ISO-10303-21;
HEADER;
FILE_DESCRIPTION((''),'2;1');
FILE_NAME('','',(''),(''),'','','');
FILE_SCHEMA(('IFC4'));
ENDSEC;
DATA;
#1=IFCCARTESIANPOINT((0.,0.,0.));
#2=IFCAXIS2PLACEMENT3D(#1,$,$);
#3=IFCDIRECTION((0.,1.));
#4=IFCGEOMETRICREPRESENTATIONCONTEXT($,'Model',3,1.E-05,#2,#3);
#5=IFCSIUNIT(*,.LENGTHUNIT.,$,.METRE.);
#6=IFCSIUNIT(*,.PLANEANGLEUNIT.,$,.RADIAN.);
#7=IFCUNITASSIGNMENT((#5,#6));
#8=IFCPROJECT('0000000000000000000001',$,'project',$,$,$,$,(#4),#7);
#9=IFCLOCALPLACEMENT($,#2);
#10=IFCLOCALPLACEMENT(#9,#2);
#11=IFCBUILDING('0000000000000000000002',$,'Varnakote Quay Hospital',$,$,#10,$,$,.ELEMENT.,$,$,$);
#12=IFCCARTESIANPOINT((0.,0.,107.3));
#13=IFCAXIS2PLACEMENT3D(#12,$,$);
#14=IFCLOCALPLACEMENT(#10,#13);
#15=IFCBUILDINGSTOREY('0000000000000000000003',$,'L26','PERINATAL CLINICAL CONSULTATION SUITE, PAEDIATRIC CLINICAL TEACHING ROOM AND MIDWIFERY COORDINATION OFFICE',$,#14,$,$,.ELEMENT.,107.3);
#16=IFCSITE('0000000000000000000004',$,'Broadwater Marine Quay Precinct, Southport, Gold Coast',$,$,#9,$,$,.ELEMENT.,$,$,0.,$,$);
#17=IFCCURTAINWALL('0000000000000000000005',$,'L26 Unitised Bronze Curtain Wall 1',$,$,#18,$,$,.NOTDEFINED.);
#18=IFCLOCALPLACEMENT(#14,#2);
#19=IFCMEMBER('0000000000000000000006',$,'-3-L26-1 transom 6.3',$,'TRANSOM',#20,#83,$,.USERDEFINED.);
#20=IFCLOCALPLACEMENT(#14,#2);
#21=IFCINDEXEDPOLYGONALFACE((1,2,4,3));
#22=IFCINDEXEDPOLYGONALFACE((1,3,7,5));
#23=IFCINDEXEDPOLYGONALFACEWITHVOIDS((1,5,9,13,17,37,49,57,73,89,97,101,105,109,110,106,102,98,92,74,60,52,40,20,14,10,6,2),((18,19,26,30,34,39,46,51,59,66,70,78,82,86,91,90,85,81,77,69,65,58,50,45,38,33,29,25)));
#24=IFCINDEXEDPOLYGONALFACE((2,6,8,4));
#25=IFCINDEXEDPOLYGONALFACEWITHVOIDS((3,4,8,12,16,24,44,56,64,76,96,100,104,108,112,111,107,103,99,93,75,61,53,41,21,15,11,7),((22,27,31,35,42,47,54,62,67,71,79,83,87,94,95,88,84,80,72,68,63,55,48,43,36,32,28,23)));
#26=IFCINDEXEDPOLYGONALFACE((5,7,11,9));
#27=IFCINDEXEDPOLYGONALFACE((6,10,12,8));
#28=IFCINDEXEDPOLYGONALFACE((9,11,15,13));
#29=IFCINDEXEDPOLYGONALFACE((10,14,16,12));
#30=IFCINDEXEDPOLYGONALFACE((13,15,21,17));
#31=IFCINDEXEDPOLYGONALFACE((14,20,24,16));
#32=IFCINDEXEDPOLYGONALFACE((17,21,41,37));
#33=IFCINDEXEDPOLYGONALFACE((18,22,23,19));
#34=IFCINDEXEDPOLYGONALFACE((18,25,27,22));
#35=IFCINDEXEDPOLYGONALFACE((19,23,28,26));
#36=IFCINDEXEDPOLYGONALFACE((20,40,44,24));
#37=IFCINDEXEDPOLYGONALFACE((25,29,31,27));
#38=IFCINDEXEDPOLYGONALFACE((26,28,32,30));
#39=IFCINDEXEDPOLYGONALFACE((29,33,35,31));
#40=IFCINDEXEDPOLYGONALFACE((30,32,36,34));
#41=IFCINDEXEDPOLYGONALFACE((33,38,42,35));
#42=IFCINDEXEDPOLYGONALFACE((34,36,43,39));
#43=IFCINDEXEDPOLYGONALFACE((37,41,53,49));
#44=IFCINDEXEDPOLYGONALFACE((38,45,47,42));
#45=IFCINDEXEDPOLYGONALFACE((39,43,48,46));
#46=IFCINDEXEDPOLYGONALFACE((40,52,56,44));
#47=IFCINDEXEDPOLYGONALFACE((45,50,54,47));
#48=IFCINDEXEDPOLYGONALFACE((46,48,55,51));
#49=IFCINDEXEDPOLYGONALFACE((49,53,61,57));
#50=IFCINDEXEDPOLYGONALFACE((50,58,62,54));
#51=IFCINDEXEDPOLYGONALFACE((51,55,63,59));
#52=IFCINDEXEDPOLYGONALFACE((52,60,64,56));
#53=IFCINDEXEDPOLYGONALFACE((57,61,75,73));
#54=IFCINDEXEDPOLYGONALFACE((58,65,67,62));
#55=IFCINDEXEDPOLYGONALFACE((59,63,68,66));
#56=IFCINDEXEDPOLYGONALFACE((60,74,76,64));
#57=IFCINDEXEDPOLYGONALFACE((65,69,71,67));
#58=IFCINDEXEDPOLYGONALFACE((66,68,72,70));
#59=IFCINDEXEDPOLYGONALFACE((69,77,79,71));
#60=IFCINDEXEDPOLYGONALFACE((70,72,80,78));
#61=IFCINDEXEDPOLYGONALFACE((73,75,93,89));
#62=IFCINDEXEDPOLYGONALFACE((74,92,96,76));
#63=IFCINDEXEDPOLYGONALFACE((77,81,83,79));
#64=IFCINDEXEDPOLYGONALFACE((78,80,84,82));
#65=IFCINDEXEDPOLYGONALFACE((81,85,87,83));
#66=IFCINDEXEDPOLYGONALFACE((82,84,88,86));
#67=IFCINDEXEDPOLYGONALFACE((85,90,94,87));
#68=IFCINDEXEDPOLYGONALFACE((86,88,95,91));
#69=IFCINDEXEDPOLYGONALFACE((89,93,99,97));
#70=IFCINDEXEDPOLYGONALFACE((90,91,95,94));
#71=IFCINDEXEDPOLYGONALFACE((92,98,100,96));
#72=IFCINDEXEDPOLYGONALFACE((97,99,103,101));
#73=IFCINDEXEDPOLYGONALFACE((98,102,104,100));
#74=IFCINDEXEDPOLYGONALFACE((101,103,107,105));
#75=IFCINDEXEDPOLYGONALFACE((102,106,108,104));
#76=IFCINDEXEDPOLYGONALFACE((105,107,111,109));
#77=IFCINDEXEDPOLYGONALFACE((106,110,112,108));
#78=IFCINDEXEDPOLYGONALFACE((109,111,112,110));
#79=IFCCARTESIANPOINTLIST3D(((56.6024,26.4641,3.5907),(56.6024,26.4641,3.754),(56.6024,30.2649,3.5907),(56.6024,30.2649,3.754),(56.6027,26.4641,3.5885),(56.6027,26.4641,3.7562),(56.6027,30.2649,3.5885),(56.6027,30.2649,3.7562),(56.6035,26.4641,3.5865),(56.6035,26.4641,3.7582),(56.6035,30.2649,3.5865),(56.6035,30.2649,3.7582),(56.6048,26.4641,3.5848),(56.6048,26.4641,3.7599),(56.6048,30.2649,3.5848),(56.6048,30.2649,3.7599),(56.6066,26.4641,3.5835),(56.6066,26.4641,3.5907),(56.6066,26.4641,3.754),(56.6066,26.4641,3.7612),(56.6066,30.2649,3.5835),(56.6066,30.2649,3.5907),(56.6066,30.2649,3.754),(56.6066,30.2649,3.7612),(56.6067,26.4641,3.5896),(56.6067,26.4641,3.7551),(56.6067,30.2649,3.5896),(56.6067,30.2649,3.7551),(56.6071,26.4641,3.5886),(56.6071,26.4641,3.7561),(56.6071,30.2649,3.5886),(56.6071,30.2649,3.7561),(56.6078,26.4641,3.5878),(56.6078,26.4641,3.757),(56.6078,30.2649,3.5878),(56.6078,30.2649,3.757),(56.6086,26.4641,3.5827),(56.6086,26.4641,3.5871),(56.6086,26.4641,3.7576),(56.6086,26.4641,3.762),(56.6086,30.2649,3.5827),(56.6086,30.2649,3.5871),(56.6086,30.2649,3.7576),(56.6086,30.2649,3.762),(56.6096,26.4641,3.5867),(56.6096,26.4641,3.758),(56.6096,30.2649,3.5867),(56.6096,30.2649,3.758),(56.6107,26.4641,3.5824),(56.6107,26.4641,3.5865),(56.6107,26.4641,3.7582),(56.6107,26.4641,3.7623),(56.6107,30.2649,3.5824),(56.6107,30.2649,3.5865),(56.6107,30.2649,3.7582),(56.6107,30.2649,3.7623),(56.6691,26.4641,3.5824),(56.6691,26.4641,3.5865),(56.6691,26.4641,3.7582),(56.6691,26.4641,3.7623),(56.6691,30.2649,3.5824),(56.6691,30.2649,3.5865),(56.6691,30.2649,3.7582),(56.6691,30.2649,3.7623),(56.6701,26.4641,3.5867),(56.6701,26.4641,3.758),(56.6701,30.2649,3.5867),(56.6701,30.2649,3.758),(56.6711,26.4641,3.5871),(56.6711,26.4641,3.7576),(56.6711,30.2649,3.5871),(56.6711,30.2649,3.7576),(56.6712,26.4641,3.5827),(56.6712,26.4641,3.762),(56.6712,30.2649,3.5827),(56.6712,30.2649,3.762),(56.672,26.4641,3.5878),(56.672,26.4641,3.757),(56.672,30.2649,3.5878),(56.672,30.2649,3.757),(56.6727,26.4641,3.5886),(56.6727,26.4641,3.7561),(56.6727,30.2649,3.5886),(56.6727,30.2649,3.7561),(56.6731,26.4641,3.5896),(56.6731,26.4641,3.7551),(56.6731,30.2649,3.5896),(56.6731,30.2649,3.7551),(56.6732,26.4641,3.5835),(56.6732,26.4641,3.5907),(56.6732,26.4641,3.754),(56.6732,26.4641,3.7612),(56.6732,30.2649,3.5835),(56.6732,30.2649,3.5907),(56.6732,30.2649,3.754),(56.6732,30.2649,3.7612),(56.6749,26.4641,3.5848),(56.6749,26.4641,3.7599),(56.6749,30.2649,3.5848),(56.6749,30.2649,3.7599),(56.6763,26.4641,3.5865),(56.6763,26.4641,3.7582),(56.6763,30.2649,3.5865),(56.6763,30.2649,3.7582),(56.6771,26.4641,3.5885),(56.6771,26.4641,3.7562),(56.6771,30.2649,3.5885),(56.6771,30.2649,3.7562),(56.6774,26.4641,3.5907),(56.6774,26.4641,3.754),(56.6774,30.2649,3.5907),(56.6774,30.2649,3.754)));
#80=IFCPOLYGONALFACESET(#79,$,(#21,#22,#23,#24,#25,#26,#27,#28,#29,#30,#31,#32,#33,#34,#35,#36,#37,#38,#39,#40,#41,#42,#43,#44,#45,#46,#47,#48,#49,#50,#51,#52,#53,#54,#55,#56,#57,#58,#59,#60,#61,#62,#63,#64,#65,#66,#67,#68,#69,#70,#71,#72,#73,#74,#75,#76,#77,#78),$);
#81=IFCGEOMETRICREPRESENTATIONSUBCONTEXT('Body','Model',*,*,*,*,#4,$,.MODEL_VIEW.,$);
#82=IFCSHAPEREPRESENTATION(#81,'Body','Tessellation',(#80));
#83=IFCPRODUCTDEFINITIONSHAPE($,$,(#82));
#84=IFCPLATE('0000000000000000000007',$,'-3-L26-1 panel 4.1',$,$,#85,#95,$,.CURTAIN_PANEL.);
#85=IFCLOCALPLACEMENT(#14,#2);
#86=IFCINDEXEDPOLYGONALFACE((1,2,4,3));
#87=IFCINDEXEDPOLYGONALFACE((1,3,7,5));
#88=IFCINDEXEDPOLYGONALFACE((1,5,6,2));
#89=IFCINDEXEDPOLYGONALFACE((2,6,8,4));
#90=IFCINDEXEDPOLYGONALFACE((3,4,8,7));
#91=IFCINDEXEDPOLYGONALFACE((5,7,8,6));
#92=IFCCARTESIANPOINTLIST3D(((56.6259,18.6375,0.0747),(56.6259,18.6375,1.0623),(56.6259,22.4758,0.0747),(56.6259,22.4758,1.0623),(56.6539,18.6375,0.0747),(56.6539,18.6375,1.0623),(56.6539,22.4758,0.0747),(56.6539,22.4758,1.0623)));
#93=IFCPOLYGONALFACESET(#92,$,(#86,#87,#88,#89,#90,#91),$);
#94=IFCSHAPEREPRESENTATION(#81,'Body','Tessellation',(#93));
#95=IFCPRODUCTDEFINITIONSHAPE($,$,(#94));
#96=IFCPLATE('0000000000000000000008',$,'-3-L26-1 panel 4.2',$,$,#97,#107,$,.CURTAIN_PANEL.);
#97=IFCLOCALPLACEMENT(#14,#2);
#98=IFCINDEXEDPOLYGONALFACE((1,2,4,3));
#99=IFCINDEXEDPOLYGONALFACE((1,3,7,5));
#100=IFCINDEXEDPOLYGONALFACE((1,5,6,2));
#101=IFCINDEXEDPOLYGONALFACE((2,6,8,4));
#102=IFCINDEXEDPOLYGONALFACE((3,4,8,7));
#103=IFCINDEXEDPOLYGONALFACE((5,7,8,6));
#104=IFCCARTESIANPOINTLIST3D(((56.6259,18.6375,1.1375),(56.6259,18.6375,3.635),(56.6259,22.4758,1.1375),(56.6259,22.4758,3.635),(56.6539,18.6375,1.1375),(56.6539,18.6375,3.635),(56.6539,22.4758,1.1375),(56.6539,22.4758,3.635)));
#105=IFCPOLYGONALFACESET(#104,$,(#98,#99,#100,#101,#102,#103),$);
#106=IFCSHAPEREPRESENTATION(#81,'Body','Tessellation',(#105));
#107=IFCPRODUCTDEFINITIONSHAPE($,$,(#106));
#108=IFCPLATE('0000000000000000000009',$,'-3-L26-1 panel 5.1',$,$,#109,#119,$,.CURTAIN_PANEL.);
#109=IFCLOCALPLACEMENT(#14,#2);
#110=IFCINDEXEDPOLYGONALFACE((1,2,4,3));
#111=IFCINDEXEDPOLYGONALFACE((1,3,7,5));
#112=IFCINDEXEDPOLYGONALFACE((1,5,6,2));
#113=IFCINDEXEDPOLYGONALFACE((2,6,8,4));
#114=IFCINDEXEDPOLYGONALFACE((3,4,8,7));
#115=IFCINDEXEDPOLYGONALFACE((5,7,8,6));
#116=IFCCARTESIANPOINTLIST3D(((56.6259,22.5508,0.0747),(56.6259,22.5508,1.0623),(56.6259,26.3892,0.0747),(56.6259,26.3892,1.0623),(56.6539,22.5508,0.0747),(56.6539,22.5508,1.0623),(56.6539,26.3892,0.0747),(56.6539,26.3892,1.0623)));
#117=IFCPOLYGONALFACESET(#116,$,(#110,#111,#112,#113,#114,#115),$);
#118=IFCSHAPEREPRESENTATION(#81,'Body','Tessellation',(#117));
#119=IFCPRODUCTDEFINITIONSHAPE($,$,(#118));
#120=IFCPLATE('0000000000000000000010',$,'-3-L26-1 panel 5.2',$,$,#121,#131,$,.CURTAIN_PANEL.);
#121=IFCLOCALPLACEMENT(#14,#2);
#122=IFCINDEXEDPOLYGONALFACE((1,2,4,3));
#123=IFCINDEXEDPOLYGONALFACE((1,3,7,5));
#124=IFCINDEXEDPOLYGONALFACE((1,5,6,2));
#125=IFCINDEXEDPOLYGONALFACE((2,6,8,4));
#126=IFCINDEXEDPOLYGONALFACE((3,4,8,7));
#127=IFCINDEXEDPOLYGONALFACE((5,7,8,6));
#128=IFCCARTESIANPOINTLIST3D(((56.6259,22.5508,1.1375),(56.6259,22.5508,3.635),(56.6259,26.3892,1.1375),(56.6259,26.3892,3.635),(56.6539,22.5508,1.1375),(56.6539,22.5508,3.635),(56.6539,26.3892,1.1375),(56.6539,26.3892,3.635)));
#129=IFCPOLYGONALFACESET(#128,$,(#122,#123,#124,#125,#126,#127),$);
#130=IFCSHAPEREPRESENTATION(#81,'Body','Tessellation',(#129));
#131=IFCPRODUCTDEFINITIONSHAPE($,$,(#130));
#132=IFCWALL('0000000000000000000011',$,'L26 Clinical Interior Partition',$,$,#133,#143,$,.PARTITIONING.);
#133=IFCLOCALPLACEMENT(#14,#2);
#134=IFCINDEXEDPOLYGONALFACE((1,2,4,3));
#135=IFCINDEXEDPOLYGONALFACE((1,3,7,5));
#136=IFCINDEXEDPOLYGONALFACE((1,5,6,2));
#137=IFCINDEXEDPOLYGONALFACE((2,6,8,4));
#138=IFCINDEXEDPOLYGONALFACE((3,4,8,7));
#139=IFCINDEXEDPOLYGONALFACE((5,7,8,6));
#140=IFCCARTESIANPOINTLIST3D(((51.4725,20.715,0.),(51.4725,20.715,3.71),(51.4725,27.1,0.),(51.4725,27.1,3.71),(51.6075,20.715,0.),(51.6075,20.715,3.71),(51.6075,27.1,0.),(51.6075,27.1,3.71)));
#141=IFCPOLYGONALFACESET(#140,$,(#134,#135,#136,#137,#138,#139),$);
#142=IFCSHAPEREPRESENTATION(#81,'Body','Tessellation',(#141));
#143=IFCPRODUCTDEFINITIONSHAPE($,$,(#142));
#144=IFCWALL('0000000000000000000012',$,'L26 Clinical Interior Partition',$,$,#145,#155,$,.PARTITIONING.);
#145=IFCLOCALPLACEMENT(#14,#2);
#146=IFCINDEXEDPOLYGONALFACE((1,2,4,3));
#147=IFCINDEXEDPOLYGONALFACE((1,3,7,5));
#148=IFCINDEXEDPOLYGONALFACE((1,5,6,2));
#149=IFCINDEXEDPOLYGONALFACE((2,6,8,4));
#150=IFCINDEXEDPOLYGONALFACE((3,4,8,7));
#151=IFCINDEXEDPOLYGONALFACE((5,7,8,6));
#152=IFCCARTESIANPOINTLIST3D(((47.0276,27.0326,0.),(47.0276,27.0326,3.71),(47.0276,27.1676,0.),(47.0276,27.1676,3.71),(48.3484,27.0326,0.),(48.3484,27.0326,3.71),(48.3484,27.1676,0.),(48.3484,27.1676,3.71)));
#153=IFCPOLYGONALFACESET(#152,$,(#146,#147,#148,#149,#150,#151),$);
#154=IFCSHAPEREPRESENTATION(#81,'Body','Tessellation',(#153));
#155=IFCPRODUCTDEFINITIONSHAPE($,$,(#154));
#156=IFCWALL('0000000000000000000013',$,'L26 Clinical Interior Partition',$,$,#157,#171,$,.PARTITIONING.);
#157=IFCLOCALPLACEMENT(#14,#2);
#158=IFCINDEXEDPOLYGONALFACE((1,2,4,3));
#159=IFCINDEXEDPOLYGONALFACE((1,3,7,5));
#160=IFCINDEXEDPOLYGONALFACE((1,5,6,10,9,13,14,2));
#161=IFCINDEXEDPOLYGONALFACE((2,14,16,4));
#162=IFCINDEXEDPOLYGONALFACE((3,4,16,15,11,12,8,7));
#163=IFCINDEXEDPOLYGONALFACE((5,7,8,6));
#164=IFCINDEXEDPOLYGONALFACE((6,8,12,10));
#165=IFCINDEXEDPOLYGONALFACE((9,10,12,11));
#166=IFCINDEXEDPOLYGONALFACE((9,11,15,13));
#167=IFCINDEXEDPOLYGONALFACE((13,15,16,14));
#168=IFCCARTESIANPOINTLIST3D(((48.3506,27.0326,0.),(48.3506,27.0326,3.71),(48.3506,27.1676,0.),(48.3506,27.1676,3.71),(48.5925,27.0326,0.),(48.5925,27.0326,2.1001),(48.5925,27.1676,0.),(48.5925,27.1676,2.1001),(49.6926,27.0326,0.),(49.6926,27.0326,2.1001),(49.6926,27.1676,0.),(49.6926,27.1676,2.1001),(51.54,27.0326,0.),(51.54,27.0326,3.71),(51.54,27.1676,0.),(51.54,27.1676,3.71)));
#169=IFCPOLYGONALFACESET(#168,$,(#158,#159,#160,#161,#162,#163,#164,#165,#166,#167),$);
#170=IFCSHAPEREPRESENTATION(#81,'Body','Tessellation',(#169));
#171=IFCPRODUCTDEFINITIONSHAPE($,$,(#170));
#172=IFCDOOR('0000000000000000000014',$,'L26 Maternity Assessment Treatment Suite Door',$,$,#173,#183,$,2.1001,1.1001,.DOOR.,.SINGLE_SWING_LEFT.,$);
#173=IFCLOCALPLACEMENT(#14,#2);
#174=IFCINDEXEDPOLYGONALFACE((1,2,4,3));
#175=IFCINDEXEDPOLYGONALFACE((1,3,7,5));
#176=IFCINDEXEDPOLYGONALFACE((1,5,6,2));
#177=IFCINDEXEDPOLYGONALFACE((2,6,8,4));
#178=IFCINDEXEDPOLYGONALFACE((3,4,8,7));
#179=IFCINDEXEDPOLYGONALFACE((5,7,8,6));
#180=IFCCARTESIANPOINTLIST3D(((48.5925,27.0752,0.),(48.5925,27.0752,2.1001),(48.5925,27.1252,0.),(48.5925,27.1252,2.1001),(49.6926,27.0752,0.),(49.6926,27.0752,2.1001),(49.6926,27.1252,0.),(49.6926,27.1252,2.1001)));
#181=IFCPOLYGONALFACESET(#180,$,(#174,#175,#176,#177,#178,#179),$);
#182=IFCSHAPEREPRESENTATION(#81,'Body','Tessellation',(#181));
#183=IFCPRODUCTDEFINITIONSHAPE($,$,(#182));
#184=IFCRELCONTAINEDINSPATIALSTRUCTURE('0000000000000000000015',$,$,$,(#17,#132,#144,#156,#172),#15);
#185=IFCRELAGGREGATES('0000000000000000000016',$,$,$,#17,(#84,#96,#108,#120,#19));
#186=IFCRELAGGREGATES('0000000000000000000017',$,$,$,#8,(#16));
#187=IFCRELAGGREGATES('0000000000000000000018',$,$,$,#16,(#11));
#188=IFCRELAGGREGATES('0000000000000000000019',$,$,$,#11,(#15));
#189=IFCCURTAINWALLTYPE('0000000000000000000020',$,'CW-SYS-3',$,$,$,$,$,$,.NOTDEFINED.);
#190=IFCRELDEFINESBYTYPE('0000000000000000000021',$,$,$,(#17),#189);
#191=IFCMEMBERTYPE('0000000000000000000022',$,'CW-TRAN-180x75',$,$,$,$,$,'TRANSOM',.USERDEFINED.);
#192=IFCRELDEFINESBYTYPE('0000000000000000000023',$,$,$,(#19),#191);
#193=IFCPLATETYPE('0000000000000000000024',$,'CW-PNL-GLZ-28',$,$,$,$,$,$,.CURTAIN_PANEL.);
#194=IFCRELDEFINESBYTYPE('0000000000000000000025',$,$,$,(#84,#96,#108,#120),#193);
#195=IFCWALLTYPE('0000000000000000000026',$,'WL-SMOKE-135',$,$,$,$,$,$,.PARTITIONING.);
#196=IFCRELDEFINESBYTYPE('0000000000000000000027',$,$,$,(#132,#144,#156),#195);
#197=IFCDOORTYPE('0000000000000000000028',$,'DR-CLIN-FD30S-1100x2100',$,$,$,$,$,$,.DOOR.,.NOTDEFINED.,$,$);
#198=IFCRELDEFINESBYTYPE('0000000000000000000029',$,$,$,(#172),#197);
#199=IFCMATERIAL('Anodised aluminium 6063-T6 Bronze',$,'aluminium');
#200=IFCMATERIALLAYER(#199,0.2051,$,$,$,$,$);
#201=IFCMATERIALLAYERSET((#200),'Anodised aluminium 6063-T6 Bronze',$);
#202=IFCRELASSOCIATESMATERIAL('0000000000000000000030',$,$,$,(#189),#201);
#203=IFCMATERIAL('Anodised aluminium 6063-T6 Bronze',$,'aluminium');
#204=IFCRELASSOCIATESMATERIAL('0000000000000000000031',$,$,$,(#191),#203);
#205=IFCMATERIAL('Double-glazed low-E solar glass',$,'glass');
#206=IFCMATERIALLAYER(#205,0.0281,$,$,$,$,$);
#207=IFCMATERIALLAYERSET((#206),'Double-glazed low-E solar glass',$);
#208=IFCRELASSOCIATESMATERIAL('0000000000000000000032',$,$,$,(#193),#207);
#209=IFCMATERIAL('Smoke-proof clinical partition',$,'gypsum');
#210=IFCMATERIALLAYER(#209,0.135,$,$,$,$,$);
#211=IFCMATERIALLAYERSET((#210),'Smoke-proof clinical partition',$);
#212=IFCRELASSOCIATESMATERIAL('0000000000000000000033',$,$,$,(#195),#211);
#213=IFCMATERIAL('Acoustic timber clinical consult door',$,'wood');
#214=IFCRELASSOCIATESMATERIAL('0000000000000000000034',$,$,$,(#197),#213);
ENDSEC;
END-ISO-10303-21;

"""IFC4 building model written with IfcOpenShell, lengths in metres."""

from ifc_helpers import new_model, si_unit, direction, frame, frame_2d, origin, origin_2d, place, context, subcontext, project, spatial, rectangle, hollow_rectangle, extrude, material, layer, layer_set, material_profile, profile_set, type_object, element, fill, aggregate, save


model = new_model("IFC4")

# Units and contexts
model_context = context("Model", 3, precision=1e-05, world=origin(), true_north=direction((0.0, 1.0)))
body_context = subcontext(model_context, "Body", "Model", "MODEL_VIEW")
ifc_project = project(units=[si_unit("LENGTHUNIT", "METRE"), si_unit("PLANEANGLEUNIT", "RADIAN")], contexts=[model_context])

# Site, building, storey
site_placement = place(None, origin())
site = spatial("IfcSite", under=ifc_project, at=site_placement, Name="Broadwater Marine Quay Precinct, Southport, Gold Coast", CompositionType="ELEMENT", RefElevation=0.0)
building_placement = place(site_placement, origin())
building = spatial("IfcBuilding", under=site, at=building_placement, Name="Varnakote Quay Hospital", CompositionType="ELEMENT")
storey_placement = place(building_placement, frame((0.0, 0.0, 107.3)))
storey = spatial("IfcBuildingStorey", under=building, at=storey_placement, Name="L26", Description="PERINATAL CLINICAL CONSULTATION SUITE, PAEDIATRIC CLINICAL TEACHING ROOM AND MIDWIFERY COORDINATION OFFICE", CompositionType="ELEMENT", Elevation=107.3)

# Curtain wall, member, plates
ifc_material_1 = material(Name="Anodised aluminium 6063-T6 Bronze", Category="aluminium")
ifc_layer_1 = layer(ifc_material_1, 0.2051)
ifc_layer_set_1 = layer_set([ifc_layer_1], Name="Anodised aluminium 6063-T6 Bronze")
curtain_wall_type = type_object("IfcCurtainWallType", Name="CW-SYS-3", PredefinedType="NOTDEFINED", material=ifc_layer_set_1)
curtain_wall_placement = place(storey_placement, origin())
curtain_wall = element("IfcCurtainWall", 1, at=curtain_wall_placement, inside=storey, type_object=curtain_wall_type, Name="L26 Unitised Bronze Curtain Wall 1", PredefinedType="NOTDEFINED")
ifc_material_2 = material(Name="Anodised aluminium 6063-T6 Bronze", Category="aluminium")
ifc_material_profile_1 = material_profile(ifc_material_2, hollow_rectangle(XDim=0.075, YDim=0.1799, WallThickness=0.0042, InnerFilletRadius=0.0042, OuterFilletRadius=0.0083, at=origin_2d()), Name="CW-TRAN-180x75")
ifc_profile_set_1 = profile_set([ifc_material_profile_1], Name="Anodised aluminium 6063-T6 Bronze")
member_type_1 = type_object("IfcMemberType", Name="CW-TRAN-180x75", ElementType="TRANSOM", PredefinedType="USERDEFINED", material=ifc_profile_set_1)
member_1_placement = place(storey_placement, frame((56.6399, 26.4641, 3.6724), z_axis=(0.0, 1.0, 0.0), x_axis=(-1.0, 0.0, 0.0)))
member_1 = element("IfcMember", 2, at=member_1_placement, type_object=member_type_1, Name="-3-L26-1 transom 6.3", ObjectType="TRANSOM", PredefinedType="USERDEFINED", context=body_context, shape_type="SweptSolid", body=[
    extrude(hollow_rectangle(XDim=0.075, YDim=0.1799, WallThickness=0.0042, InnerFilletRadius=0.0042, OuterFilletRadius=0.0083, at=origin_2d()), origin(), (0.0, 0.0, 1.0), 3.8008),
])
ifc_material_3 = material(Name="Double-glazed low-E solar glass", Category="glass")
ifc_layer_2 = layer(ifc_material_3, 0.0281)
ifc_layer_set_2 = layer_set([ifc_layer_2], Name="Double-glazed low-E solar glass")
plate_type = type_object("IfcPlateType", Name="CW-PNL-GLZ-28", PredefinedType="CURTAIN_PANEL", material=ifc_layer_set_2)
plate_1_placement = place(storey_placement, frame((56.6399, 20.5566, 0.0747), z_axis=(0.0, 0.0, 1.0), x_axis=(0.0, 1.0, 0.0)))
plate_1 = element("IfcPlate", 3, at=plate_1_placement, type_object=plate_type, Name="-3-L26-1 panel 4.1", PredefinedType="CURTAIN_PANEL", context=body_context, shape_type="SweptSolid", body=[
    extrude(rectangle(XDim=3.8384, YDim=0.0281, at=origin_2d()), origin(), (0.0, 0.0, 1.0), 0.9875),
])
plate_2_placement = place(storey_placement, frame((56.6399, 20.5566, 1.1375), z_axis=(0.0, 0.0, 1.0), x_axis=(0.0, 1.0, 0.0)))
plate_2 = element("IfcPlate", 4, at=plate_2_placement, type_object=plate_type, Name="-3-L26-1 panel 4.2", PredefinedType="CURTAIN_PANEL", context=body_context, shape_type="SweptSolid", body=[
    extrude(rectangle(XDim=3.8384, YDim=0.0281, at=origin_2d()), origin(), (0.0, 0.0, 1.0), 2.4976),
])
plate_3_placement = place(storey_placement, frame((56.6399, 24.47, 0.0747), z_axis=(0.0, 0.0, 1.0), x_axis=(0.0, 1.0, 0.0)))
plate_3 = element("IfcPlate", 5, at=plate_3_placement, type_object=plate_type, Name="-3-L26-1 panel 5.1", PredefinedType="CURTAIN_PANEL", context=body_context, shape_type="SweptSolid", body=[
    extrude(rectangle(XDim=3.8384, YDim=0.0281, at=origin_2d()), origin(), (0.0, 0.0, 1.0), 0.9875),
])
plate_4_placement = place(storey_placement, frame((56.6399, 24.47, 1.1375), z_axis=(0.0, 0.0, 1.0), x_axis=(0.0, 1.0, 0.0)))
plate_4 = element("IfcPlate", 6, at=plate_4_placement, type_object=plate_type, Name="-3-L26-1 panel 5.2", PredefinedType="CURTAIN_PANEL", context=body_context, shape_type="SweptSolid", body=[
    extrude(rectangle(XDim=3.8384, YDim=0.0281, at=origin_2d()), origin(), (0.0, 0.0, 1.0), 2.4976),
])
aggregate(curtain_wall, [plate_1, plate_2, plate_3, plate_4, member_1])

# Walls
ifc_material_4 = material(Name="Smoke-proof clinical partition", Category="gypsum")
ifc_layer_3 = layer(ifc_material_4, 0.135)
ifc_layer_set_3 = layer_set([ifc_layer_3], Name="Smoke-proof clinical partition")
wall_type_1 = type_object("IfcWallType", Name="WL-SMOKE-135", PredefinedType="PARTITIONING", material=ifc_layer_set_3)
wall_1_placement = place(storey_placement, frame((51.54, 20.7151, 0.0), z_axis=(0.0, 0.0, 1.0), x_axis=(0.0, 1.0, 0.0)))
element("IfcWall", 7, at=wall_1_placement, inside=storey, type_object=wall_type_1, Name="L26 Clinical Interior Partition", PredefinedType="PARTITIONING", context=body_context, shape_type="SweptSolid", body=[
    extrude(rectangle(XDim=6.385, YDim=0.135, at=frame_2d((3.1924, 0.0))), origin(), (0.0, 0.0, 1.0), 3.71),
])
wall_2_placement = place(storey_placement, frame((48.3484, 27.1001, 0.0), z_axis=(0.0, 0.0, 1.0), x_axis=(-1.0, 0.0, 0.0)))
element("IfcWall", 8, at=wall_2_placement, inside=storey, type_object=wall_type_1, Name="L26 Clinical Interior Partition", PredefinedType="PARTITIONING", context=body_context, shape_type="SweptSolid", body=[
    extrude(rectangle(XDim=1.3208, YDim=0.135, at=frame_2d((0.6604, 0.0))), origin(), (0.0, 0.0, 1.0), 3.71),
])

# Wall, opening, door
wall_3_placement = place(storey_placement, frame((51.54, 27.1001, 0.0), z_axis=(0.0, 0.0, 1.0), x_axis=(-1.0, 0.0, 0.0)))
wall_3 = element("IfcWall", 9, at=wall_3_placement, inside=storey, type_object=wall_type_1, Name="L26 Clinical Interior Partition", PredefinedType="PARTITIONING", context=body_context, shape_type="SweptSolid", body=[
    extrude(rectangle(XDim=3.1895, YDim=0.135, at=frame_2d((1.5947, 0.0))), origin(), (0.0, 0.0, 1.0), 3.71),
])
opening_1_placement = place(wall_3_placement, frame((1.8474, 0.0, 0.0)))
opening_1 = element("IfcOpeningElement", 10, at=opening_1_placement, cuts=wall_3, PredefinedType="OPENING", context=body_context, shape_type="SweptSolid", body=[
    extrude(rectangle(XDim=1.1001, YDim=2.1001, at=frame_2d((0.55, 1.05))), frame((0.0, 0.0774, 0.0), z_axis=(0.0, -1.0, 0.0), x_axis=(1.0, 0.0, 0.0)), (0.0, 0.0, 1.0), 0.155),
])
ifc_material_5 = material(Name="Acoustic timber clinical consult door", Category="wood")
door_type = type_object("IfcDoorType", Name="DR-CLIN-FD30S-1100x2100", OperationType="NOTDEFINED", PredefinedType="DOOR", material=ifc_material_5)
door_1_placement = place(opening_1_placement, origin())
door_1 = element("IfcDoor", 11, at=door_1_placement, inside=storey, type_object=door_type, Name="L26 Maternity Assessment Treatment Suite Door", OperationType="SINGLE_SWING_LEFT", OverallHeight=2.1001, OverallWidth=1.1001, PredefinedType="DOOR", context=body_context, shape_type="SweptSolid", body=[
    extrude(rectangle(XDim=1.1001, YDim=2.1001, at=frame_2d((0.55, 1.05))), frame((0.0, 0.0249, 0.0), z_axis=(0.0, -1.0, 0.0), x_axis=(1.0, 0.0, 0.0)), (0.0, 0.0, 1.0), 0.05),
])
fill(opening_1, door_1)

save(model, "model.ifc")
